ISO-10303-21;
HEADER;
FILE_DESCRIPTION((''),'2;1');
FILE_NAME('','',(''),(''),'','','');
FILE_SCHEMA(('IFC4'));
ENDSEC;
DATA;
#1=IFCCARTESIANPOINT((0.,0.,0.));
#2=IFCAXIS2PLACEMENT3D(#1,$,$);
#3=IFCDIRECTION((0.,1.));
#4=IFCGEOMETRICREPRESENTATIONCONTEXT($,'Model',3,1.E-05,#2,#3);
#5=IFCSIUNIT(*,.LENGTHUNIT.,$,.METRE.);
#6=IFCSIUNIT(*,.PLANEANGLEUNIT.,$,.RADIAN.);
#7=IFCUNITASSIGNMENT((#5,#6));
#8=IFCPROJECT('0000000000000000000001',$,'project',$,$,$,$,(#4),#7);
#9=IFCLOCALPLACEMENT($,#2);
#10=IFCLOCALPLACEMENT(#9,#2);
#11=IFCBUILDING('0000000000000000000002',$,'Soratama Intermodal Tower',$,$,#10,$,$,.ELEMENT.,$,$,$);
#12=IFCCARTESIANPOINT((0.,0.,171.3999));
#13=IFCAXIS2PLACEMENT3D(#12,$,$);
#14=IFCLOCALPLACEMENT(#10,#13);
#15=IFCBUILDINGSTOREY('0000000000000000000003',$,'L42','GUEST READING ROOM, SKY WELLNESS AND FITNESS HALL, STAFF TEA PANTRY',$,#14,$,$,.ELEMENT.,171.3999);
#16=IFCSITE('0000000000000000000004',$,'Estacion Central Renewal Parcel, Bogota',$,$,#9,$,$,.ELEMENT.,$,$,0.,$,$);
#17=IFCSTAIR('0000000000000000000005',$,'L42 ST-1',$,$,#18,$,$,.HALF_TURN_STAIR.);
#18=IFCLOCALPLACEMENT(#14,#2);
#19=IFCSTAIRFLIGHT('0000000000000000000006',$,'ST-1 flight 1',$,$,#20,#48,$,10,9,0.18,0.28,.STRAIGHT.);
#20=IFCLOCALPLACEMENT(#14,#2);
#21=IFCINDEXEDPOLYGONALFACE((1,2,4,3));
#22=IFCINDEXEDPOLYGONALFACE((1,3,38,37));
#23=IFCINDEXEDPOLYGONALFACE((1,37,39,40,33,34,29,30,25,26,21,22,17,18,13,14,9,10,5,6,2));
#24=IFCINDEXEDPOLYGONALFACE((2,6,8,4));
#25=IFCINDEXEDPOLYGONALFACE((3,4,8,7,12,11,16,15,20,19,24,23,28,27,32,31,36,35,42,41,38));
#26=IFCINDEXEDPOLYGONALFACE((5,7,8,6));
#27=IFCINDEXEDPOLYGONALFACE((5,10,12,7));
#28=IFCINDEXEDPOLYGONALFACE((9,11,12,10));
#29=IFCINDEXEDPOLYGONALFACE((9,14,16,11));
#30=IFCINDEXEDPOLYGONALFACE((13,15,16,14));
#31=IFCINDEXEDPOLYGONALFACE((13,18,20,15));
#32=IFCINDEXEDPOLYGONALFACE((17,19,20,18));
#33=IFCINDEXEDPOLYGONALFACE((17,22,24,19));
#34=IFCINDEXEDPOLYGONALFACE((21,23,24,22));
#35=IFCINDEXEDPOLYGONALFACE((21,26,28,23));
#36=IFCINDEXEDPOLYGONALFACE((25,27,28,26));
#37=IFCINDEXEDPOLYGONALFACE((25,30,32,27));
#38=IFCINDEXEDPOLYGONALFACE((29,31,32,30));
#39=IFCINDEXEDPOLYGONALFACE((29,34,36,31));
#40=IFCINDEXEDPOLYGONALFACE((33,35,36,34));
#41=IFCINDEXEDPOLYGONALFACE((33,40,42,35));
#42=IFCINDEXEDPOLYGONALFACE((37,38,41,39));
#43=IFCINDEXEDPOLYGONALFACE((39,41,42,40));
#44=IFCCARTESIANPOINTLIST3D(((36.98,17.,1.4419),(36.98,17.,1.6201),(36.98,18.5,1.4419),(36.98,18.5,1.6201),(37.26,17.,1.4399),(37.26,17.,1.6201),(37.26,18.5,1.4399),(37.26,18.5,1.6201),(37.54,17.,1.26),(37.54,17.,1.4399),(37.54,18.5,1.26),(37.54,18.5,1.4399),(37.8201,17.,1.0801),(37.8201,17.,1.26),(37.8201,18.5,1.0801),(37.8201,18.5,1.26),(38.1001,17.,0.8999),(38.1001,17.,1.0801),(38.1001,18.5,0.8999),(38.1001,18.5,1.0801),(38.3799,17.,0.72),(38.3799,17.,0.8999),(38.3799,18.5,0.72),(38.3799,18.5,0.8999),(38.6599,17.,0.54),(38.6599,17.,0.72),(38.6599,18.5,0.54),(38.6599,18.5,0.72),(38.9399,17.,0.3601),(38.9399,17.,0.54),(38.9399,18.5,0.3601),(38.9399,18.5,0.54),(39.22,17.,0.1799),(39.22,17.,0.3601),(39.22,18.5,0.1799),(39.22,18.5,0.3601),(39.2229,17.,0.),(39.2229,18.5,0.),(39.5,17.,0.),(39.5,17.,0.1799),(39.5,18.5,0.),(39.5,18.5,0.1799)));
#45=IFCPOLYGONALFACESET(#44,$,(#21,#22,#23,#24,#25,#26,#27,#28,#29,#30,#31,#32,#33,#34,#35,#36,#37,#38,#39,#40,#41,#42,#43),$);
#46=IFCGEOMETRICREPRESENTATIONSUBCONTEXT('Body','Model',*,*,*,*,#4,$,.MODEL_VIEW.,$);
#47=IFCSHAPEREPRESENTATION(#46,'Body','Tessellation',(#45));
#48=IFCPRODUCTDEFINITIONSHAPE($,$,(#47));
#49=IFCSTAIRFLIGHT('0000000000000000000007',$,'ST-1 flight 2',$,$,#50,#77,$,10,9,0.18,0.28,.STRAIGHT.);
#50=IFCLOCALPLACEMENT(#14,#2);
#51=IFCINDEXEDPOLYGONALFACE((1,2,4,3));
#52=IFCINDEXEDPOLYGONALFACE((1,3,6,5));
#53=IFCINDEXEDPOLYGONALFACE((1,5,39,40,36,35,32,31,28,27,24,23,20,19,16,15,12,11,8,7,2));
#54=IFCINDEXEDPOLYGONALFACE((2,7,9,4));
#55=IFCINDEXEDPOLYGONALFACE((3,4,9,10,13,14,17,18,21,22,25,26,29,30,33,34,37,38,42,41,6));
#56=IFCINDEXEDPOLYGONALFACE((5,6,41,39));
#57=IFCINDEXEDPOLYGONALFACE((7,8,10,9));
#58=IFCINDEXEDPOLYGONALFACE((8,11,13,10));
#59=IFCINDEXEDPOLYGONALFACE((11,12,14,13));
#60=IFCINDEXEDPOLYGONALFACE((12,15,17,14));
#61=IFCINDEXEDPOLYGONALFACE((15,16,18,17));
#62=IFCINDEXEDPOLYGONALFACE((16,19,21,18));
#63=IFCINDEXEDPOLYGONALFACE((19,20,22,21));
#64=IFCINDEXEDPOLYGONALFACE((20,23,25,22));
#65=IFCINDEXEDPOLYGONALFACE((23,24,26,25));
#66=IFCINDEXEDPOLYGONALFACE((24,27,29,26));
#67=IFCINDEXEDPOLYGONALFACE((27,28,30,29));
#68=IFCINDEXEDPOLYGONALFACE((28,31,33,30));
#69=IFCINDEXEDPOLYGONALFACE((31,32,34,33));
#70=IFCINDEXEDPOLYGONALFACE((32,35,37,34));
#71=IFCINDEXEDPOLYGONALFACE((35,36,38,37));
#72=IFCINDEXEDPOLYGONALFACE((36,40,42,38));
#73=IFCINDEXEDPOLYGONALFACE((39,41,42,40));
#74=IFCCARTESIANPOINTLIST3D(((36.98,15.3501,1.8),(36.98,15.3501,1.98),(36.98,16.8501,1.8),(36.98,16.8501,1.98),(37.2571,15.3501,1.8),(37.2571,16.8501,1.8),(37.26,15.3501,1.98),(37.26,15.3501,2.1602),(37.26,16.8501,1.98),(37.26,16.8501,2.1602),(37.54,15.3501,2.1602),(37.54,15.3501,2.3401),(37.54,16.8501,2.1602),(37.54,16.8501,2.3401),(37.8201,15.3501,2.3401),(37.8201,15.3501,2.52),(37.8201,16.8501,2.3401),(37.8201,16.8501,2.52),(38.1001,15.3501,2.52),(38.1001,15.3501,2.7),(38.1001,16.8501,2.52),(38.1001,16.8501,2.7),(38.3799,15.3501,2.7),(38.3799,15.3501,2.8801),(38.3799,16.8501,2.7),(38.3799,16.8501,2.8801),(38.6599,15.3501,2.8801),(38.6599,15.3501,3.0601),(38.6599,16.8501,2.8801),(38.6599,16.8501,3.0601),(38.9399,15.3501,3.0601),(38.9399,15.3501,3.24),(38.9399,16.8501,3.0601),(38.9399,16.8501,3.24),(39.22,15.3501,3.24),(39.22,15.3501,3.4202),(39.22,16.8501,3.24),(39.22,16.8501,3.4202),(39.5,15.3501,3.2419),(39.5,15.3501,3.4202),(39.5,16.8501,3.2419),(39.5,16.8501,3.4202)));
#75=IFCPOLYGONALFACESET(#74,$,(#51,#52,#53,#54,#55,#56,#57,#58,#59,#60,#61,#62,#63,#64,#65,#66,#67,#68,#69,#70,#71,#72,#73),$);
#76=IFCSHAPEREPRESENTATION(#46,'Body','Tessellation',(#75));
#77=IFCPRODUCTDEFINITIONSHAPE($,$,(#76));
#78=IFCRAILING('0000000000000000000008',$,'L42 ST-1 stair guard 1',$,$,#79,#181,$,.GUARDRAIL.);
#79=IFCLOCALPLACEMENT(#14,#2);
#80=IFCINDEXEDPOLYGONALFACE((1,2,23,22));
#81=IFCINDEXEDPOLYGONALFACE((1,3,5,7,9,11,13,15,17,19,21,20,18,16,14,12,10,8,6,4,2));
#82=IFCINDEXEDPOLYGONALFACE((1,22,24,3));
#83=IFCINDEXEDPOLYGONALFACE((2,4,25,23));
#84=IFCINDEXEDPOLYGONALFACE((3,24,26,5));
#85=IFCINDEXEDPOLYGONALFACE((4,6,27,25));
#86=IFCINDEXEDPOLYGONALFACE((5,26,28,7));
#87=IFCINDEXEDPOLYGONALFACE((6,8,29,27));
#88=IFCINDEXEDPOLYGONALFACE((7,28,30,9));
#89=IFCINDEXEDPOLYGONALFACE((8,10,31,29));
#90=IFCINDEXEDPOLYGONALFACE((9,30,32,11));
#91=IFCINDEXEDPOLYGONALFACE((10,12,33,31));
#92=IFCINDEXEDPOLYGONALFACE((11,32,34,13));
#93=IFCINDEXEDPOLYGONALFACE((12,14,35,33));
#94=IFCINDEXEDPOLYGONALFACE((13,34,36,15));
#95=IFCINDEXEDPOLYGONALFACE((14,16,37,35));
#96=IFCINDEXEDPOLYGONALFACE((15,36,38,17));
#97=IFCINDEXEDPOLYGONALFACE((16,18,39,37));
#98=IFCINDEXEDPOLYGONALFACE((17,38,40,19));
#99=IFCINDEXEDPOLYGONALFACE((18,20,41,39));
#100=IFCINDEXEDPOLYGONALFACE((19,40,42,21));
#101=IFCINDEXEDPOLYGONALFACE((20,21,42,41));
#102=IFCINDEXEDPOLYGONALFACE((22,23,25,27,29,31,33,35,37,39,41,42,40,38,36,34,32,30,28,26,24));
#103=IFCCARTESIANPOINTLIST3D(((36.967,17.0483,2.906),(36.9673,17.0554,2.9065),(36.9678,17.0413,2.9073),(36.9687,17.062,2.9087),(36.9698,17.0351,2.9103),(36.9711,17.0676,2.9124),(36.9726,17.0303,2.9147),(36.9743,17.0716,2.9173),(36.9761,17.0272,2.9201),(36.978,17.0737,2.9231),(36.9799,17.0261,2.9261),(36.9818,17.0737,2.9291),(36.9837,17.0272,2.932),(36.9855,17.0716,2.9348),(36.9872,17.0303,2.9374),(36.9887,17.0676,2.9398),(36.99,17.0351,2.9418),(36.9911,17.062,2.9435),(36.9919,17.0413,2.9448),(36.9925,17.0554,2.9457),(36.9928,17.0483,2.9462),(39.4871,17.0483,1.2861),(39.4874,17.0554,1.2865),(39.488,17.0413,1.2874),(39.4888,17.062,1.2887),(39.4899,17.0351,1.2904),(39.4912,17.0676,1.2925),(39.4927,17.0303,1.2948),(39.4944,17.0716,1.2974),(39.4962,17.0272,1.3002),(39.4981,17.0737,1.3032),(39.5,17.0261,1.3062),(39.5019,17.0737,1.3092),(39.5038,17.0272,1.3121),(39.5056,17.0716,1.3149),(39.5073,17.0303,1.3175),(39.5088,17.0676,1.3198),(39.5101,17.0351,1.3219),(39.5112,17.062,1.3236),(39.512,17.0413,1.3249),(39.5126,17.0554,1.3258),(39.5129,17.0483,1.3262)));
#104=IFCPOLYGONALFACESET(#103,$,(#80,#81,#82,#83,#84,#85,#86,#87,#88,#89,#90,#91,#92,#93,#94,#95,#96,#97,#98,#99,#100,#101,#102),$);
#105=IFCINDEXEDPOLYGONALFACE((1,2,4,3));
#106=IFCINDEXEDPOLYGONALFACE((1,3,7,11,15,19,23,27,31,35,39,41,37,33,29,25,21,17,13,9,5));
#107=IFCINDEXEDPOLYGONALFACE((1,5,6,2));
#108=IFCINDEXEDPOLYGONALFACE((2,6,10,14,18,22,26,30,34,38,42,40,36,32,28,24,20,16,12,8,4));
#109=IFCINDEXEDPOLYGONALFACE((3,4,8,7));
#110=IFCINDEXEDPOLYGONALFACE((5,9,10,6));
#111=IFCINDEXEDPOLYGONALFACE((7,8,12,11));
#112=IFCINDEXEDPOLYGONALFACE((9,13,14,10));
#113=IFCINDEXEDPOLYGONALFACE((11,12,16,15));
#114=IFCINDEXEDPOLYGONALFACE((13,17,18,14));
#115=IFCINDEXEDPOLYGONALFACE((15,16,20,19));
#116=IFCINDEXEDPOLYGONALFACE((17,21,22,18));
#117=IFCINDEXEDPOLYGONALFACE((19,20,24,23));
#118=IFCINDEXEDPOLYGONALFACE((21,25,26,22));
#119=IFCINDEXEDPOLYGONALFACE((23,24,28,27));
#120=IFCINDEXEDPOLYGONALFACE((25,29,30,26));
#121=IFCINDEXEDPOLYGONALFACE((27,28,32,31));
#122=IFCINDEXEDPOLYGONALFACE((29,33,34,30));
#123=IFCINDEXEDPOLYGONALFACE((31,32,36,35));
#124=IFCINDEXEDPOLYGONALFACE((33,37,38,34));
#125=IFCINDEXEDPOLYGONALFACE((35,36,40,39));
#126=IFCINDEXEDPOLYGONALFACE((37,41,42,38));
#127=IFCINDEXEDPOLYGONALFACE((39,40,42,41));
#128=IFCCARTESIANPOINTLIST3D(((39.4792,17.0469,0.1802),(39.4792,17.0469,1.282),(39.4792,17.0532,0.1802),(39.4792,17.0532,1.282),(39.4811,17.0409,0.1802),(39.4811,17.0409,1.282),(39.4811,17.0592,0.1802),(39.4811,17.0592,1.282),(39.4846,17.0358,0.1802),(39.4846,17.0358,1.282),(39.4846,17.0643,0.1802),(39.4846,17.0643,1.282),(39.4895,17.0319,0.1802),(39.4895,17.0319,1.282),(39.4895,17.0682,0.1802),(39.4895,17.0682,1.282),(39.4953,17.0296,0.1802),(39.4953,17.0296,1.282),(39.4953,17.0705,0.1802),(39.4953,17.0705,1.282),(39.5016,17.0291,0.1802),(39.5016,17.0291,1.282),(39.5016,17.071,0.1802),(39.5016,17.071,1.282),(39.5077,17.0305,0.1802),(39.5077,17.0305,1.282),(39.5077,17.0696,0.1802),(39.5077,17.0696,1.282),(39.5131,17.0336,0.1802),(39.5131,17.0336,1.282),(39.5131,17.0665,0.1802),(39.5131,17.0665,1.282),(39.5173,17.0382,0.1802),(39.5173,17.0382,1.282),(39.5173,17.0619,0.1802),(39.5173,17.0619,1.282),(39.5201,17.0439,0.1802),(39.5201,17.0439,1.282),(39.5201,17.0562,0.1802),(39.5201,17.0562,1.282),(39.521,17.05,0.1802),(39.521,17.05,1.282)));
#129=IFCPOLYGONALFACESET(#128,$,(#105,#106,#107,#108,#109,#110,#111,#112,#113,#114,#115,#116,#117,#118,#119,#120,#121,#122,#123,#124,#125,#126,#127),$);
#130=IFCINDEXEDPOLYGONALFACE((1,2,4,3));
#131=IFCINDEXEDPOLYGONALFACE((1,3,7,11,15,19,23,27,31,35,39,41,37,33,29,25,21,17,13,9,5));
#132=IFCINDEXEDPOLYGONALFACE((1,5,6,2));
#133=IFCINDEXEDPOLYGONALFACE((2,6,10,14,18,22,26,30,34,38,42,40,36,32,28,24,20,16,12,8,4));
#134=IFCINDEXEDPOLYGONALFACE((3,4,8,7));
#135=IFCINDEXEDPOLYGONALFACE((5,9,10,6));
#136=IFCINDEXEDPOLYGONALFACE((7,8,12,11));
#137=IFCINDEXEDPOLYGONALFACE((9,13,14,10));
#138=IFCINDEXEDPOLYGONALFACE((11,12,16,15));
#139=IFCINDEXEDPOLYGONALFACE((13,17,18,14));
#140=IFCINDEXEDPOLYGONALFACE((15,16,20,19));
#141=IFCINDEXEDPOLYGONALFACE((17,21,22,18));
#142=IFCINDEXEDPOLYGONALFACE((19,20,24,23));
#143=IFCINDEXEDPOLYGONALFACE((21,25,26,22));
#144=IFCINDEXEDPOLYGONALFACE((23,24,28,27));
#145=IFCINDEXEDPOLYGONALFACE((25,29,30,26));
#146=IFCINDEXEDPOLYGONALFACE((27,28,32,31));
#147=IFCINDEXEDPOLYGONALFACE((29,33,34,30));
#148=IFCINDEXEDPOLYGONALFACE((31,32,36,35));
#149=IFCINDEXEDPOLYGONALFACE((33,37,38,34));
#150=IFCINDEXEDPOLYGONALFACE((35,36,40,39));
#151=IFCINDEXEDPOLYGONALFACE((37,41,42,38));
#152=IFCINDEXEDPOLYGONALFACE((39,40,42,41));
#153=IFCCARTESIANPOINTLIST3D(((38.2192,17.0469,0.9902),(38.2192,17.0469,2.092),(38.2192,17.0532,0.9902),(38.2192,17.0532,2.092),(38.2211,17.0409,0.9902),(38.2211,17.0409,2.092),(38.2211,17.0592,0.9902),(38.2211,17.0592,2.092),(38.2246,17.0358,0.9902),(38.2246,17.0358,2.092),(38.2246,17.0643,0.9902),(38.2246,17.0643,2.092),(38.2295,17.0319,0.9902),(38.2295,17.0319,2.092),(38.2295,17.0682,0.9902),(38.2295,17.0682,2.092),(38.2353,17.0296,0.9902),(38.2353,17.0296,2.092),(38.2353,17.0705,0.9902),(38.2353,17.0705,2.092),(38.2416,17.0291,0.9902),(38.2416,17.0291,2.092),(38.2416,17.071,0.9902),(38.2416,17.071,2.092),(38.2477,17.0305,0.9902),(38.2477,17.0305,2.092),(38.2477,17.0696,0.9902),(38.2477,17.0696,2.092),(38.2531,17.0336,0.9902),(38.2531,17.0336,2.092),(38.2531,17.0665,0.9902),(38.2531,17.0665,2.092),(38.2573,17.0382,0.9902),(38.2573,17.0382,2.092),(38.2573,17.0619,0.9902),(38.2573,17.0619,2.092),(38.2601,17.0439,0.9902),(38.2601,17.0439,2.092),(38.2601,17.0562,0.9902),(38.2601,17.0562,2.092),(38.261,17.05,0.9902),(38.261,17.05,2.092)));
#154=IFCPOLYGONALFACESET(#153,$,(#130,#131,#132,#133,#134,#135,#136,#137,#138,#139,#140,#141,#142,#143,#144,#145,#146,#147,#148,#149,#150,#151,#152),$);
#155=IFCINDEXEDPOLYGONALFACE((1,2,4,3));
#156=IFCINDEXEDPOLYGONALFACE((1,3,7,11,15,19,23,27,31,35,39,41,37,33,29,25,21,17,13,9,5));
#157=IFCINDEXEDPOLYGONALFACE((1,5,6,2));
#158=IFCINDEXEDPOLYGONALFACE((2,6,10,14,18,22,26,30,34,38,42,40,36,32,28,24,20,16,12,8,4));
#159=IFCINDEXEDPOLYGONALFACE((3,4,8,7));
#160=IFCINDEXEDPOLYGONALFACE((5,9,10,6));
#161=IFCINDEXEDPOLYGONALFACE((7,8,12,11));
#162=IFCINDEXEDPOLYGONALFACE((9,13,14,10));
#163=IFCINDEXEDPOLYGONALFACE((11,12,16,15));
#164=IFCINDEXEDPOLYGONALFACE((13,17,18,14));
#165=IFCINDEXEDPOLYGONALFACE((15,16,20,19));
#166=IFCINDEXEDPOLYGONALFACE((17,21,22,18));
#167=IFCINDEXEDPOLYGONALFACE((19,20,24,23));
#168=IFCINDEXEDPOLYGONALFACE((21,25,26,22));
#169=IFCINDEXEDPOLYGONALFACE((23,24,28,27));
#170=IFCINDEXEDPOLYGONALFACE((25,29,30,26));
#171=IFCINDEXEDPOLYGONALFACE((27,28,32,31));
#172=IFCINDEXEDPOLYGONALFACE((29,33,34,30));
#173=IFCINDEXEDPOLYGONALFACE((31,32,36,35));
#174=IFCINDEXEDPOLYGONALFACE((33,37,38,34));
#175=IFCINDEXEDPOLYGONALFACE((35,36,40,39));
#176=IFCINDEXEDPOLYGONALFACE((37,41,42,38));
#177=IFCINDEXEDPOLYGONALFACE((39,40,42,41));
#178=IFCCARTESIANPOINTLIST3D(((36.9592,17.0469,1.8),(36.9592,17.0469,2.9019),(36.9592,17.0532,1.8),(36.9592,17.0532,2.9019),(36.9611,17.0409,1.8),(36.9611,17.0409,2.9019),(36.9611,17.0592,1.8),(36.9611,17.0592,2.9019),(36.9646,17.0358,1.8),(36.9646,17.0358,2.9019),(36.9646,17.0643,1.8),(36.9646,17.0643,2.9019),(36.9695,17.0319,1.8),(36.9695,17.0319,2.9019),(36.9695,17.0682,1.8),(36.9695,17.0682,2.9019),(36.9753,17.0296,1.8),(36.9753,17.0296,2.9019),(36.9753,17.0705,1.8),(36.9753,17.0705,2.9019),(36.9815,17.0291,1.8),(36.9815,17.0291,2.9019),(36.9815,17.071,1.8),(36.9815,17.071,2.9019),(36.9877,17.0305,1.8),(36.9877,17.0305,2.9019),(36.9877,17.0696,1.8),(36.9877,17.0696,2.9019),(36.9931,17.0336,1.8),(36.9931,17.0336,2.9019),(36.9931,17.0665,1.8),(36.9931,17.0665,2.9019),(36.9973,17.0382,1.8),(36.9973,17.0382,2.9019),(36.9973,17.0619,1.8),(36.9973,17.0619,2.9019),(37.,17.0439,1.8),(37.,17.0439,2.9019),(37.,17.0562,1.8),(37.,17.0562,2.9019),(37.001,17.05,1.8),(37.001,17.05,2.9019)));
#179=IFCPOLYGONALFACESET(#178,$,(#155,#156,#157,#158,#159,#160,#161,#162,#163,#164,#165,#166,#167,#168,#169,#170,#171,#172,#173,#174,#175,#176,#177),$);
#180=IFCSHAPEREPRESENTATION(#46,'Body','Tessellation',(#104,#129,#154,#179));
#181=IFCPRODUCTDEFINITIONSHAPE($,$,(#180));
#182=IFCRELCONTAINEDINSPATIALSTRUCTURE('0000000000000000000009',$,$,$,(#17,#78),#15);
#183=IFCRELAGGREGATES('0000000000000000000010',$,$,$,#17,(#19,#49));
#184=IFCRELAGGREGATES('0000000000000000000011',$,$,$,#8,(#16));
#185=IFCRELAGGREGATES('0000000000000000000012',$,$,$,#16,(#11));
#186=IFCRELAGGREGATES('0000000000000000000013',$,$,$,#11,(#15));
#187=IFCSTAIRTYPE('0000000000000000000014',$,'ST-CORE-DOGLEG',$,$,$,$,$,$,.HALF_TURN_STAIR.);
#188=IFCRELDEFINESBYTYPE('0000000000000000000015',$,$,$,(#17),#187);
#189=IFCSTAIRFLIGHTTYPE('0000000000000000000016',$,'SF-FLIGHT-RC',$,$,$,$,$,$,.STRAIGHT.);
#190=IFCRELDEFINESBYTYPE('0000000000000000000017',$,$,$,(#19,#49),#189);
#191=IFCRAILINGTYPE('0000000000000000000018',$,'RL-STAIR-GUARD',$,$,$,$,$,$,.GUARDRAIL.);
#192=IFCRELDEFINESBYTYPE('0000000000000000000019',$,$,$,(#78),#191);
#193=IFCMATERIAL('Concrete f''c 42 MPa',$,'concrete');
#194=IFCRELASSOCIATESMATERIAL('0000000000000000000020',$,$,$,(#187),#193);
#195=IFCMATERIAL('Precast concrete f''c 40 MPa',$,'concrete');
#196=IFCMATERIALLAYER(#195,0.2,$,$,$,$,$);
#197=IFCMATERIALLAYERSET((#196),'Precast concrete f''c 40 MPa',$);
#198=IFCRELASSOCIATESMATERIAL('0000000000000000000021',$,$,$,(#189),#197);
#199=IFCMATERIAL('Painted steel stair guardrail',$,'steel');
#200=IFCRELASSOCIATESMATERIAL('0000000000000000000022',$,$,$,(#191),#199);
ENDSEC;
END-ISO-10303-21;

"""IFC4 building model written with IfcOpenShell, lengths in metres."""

from ifc_helpers import new_model, si_unit, direction, frame, origin, origin_2d, place, context, subcontext, project, spatial, polyline, circle, outline, extrude, material, layer, layer_set, type_object, element, aggregate, save


model = new_model("IFC4")

# Units and contexts
model_context = context("Model", 3, precision=1e-05, world=origin(), true_north=direction((0.0, 1.0)))
body_context = subcontext(model_context, "Body", "Model", "MODEL_VIEW")
ifc_project = project(units=[si_unit("LENGTHUNIT", "METRE"), si_unit("PLANEANGLEUNIT", "RADIAN")], contexts=[model_context])

# Site, building, storey
site_placement = place(None, origin())
site = spatial("IfcSite", under=ifc_project, at=site_placement, Name="Estacion Central Renewal Parcel, Bogota", CompositionType="ELEMENT", RefElevation=0.0)
building_placement = place(site_placement, origin())
building = spatial("IfcBuilding", under=site, at=building_placement, Name="Soratama Intermodal Tower", CompositionType="ELEMENT")
storey_placement = place(building_placement, frame((0.0, 0.0, 171.3999)))
storey = spatial("IfcBuildingStorey", under=building, at=storey_placement, Name="L42", Description="GUEST READING ROOM, SKY WELLNESS AND FITNESS HALL, STAFF TEA PANTRY", CompositionType="ELEMENT", Elevation=171.3999)

# Stair, stair flights
ifc_material_1 = material(Name="Concrete f'c 42 MPa", Category="concrete")
stair_type = type_object("IfcStairType", Name="ST-CORE-DOGLEG", PredefinedType="HALF_TURN_STAIR", material=ifc_material_1)
stair_placement = place(storey_placement, origin())
stair = element("IfcStair", 1, at=stair_placement, inside=storey, type_object=stair_type, Name="L42 ST-1", PredefinedType="HALF_TURN_STAIR")
ifc_material_2 = material(Name="Precast concrete f'c 40 MPa", Category="concrete")
ifc_layer_1 = layer(ifc_material_2, 0.2)
ifc_layer_set_1 = layer_set([ifc_layer_1], Name="Precast concrete f'c 40 MPa")
stair_flight_type = type_object("IfcStairFlightType", Name="SF-FLIGHT-RC", PredefinedType="STRAIGHT", material=ifc_layer_set_1)
stair_flight_1_placement = place(storey_placement, frame((39.5, 17.75, 0.0), z_axis=(0.0, 0.0, 1.0), x_axis=(-1.0, 0.0, 0.0)))
stair_flight_1 = element("IfcStairFlight", 2, at=stair_flight_1_placement, type_object=stair_flight_type, Name="ST-1 flight 1", NumberOfRisers=10, NumberOfTreads=9, PredefinedType="STRAIGHT", RiserHeight=0.18, TreadLength=0.28, context=body_context, shape_type="SweptSolid", body=[
    extrude(outline(polyline([(0.0, 0.0), (0.0, 0.1799), (0.28, 0.1799), (0.28, 0.3601), (0.5601, 0.3601), (0.5601, 0.54), (0.8401, 0.54), (0.8401, 0.72), (1.1201, 0.72), (1.1201, 0.8999), (1.3999, 0.8999), (1.3999, 1.0801), (1.6799, 1.0801), (1.6799, 1.26), (1.96, 1.26), (1.96, 1.4399), (2.24, 1.4399), (2.24, 1.6201), (2.52, 1.6201), (2.52, 1.8), (2.52, 1.4419), (0.2771, 0.0), (0.0, 0.0)])), frame((0.0, 0.75, 0.0), z_axis=(0.0, -1.0, 0.0), x_axis=(1.0, 0.0, 0.0)), (0.0, 0.0, 1.0), 1.5),
])
stair_flight_2_placement = place(storey_placement, frame((36.98, 16.1001, 1.8), z_axis=(0.0, 0.0, 1.0), x_axis=(1.0, 0.0, 0.0)))
stair_flight_2 = element("IfcStairFlight", 3, at=stair_flight_2_placement, type_object=stair_flight_type, Name="ST-1 flight 2", NumberOfRisers=10, NumberOfTreads=9, PredefinedType="STRAIGHT", RiserHeight=0.18, TreadLength=0.28, context=body_context, shape_type="SweptSolid", body=[
    extrude(outline(polyline([(0.0, 0.0), (0.0, 0.1799), (0.28, 0.1799), (0.28, 0.3601), (0.5601, 0.3601), (0.5601, 0.54), (0.8401, 0.54), (0.8401, 0.72), (1.1201, 0.72), (1.1201, 0.8999), (1.3999, 0.8999), (1.3999, 1.0801), (1.6799, 1.0801), (1.6799, 1.26), (1.96, 1.26), (1.96, 1.4399), (2.24, 1.4399), (2.24, 1.6201), (2.52, 1.6201), (2.52, 1.8), (2.52, 1.4419), (0.2771, 0.0), (0.0, 0.0)])), frame((0.0, 0.75, 0.0), z_axis=(0.0, -1.0, 0.0), x_axis=(1.0, 0.0, 0.0)), (0.0, 0.0, 1.0), 1.5),
])
aggregate(stair, [stair_flight_1, stair_flight_2])

# Railing
ifc_material_3 = material(Name="Painted steel stair guardrail", Category="steel")
railing_type_1 = type_object("IfcRailingType", Name="RL-STAIR-GUARD", PredefinedType="GUARDRAIL", material=ifc_material_3)
railing_1_placement = place(storey_placement, frame((39.5, 17.05, 0.1802)))
element("IfcRailing", 4, at=railing_1_placement, inside=storey, type_object=railing_type_1, Name="L42 ST-1 stair guard 1", PredefinedType="GUARDRAIL", context=body_context, shape_type="SweptSolid", body=[
    extrude(circle(Radius=0.0239, at=origin_2d()), frame((0.0, 0.0, 1.126), z_axis=(-0.8412, 0.0, 0.540725), x_axis=(0.0, -1.0, 0.0)), (0.0, 0.0, 1.0), 2.9958),
    extrude(circle(Radius=0.021, at=origin_2d()), origin(), (0.0, 0.0, 1.0), 1.1018),
    extrude(circle(Radius=0.021, at=origin_2d()), frame((-1.26, 0.0, 0.8101)), (0.0, 0.0, 1.0), 1.1018),
    extrude(circle(Radius=0.021, at=origin_2d()), frame((-2.52, 0.0, 1.6199)), (0.0, 0.0, 1.0), 1.1018),
])

save(model, "model.ifc")
